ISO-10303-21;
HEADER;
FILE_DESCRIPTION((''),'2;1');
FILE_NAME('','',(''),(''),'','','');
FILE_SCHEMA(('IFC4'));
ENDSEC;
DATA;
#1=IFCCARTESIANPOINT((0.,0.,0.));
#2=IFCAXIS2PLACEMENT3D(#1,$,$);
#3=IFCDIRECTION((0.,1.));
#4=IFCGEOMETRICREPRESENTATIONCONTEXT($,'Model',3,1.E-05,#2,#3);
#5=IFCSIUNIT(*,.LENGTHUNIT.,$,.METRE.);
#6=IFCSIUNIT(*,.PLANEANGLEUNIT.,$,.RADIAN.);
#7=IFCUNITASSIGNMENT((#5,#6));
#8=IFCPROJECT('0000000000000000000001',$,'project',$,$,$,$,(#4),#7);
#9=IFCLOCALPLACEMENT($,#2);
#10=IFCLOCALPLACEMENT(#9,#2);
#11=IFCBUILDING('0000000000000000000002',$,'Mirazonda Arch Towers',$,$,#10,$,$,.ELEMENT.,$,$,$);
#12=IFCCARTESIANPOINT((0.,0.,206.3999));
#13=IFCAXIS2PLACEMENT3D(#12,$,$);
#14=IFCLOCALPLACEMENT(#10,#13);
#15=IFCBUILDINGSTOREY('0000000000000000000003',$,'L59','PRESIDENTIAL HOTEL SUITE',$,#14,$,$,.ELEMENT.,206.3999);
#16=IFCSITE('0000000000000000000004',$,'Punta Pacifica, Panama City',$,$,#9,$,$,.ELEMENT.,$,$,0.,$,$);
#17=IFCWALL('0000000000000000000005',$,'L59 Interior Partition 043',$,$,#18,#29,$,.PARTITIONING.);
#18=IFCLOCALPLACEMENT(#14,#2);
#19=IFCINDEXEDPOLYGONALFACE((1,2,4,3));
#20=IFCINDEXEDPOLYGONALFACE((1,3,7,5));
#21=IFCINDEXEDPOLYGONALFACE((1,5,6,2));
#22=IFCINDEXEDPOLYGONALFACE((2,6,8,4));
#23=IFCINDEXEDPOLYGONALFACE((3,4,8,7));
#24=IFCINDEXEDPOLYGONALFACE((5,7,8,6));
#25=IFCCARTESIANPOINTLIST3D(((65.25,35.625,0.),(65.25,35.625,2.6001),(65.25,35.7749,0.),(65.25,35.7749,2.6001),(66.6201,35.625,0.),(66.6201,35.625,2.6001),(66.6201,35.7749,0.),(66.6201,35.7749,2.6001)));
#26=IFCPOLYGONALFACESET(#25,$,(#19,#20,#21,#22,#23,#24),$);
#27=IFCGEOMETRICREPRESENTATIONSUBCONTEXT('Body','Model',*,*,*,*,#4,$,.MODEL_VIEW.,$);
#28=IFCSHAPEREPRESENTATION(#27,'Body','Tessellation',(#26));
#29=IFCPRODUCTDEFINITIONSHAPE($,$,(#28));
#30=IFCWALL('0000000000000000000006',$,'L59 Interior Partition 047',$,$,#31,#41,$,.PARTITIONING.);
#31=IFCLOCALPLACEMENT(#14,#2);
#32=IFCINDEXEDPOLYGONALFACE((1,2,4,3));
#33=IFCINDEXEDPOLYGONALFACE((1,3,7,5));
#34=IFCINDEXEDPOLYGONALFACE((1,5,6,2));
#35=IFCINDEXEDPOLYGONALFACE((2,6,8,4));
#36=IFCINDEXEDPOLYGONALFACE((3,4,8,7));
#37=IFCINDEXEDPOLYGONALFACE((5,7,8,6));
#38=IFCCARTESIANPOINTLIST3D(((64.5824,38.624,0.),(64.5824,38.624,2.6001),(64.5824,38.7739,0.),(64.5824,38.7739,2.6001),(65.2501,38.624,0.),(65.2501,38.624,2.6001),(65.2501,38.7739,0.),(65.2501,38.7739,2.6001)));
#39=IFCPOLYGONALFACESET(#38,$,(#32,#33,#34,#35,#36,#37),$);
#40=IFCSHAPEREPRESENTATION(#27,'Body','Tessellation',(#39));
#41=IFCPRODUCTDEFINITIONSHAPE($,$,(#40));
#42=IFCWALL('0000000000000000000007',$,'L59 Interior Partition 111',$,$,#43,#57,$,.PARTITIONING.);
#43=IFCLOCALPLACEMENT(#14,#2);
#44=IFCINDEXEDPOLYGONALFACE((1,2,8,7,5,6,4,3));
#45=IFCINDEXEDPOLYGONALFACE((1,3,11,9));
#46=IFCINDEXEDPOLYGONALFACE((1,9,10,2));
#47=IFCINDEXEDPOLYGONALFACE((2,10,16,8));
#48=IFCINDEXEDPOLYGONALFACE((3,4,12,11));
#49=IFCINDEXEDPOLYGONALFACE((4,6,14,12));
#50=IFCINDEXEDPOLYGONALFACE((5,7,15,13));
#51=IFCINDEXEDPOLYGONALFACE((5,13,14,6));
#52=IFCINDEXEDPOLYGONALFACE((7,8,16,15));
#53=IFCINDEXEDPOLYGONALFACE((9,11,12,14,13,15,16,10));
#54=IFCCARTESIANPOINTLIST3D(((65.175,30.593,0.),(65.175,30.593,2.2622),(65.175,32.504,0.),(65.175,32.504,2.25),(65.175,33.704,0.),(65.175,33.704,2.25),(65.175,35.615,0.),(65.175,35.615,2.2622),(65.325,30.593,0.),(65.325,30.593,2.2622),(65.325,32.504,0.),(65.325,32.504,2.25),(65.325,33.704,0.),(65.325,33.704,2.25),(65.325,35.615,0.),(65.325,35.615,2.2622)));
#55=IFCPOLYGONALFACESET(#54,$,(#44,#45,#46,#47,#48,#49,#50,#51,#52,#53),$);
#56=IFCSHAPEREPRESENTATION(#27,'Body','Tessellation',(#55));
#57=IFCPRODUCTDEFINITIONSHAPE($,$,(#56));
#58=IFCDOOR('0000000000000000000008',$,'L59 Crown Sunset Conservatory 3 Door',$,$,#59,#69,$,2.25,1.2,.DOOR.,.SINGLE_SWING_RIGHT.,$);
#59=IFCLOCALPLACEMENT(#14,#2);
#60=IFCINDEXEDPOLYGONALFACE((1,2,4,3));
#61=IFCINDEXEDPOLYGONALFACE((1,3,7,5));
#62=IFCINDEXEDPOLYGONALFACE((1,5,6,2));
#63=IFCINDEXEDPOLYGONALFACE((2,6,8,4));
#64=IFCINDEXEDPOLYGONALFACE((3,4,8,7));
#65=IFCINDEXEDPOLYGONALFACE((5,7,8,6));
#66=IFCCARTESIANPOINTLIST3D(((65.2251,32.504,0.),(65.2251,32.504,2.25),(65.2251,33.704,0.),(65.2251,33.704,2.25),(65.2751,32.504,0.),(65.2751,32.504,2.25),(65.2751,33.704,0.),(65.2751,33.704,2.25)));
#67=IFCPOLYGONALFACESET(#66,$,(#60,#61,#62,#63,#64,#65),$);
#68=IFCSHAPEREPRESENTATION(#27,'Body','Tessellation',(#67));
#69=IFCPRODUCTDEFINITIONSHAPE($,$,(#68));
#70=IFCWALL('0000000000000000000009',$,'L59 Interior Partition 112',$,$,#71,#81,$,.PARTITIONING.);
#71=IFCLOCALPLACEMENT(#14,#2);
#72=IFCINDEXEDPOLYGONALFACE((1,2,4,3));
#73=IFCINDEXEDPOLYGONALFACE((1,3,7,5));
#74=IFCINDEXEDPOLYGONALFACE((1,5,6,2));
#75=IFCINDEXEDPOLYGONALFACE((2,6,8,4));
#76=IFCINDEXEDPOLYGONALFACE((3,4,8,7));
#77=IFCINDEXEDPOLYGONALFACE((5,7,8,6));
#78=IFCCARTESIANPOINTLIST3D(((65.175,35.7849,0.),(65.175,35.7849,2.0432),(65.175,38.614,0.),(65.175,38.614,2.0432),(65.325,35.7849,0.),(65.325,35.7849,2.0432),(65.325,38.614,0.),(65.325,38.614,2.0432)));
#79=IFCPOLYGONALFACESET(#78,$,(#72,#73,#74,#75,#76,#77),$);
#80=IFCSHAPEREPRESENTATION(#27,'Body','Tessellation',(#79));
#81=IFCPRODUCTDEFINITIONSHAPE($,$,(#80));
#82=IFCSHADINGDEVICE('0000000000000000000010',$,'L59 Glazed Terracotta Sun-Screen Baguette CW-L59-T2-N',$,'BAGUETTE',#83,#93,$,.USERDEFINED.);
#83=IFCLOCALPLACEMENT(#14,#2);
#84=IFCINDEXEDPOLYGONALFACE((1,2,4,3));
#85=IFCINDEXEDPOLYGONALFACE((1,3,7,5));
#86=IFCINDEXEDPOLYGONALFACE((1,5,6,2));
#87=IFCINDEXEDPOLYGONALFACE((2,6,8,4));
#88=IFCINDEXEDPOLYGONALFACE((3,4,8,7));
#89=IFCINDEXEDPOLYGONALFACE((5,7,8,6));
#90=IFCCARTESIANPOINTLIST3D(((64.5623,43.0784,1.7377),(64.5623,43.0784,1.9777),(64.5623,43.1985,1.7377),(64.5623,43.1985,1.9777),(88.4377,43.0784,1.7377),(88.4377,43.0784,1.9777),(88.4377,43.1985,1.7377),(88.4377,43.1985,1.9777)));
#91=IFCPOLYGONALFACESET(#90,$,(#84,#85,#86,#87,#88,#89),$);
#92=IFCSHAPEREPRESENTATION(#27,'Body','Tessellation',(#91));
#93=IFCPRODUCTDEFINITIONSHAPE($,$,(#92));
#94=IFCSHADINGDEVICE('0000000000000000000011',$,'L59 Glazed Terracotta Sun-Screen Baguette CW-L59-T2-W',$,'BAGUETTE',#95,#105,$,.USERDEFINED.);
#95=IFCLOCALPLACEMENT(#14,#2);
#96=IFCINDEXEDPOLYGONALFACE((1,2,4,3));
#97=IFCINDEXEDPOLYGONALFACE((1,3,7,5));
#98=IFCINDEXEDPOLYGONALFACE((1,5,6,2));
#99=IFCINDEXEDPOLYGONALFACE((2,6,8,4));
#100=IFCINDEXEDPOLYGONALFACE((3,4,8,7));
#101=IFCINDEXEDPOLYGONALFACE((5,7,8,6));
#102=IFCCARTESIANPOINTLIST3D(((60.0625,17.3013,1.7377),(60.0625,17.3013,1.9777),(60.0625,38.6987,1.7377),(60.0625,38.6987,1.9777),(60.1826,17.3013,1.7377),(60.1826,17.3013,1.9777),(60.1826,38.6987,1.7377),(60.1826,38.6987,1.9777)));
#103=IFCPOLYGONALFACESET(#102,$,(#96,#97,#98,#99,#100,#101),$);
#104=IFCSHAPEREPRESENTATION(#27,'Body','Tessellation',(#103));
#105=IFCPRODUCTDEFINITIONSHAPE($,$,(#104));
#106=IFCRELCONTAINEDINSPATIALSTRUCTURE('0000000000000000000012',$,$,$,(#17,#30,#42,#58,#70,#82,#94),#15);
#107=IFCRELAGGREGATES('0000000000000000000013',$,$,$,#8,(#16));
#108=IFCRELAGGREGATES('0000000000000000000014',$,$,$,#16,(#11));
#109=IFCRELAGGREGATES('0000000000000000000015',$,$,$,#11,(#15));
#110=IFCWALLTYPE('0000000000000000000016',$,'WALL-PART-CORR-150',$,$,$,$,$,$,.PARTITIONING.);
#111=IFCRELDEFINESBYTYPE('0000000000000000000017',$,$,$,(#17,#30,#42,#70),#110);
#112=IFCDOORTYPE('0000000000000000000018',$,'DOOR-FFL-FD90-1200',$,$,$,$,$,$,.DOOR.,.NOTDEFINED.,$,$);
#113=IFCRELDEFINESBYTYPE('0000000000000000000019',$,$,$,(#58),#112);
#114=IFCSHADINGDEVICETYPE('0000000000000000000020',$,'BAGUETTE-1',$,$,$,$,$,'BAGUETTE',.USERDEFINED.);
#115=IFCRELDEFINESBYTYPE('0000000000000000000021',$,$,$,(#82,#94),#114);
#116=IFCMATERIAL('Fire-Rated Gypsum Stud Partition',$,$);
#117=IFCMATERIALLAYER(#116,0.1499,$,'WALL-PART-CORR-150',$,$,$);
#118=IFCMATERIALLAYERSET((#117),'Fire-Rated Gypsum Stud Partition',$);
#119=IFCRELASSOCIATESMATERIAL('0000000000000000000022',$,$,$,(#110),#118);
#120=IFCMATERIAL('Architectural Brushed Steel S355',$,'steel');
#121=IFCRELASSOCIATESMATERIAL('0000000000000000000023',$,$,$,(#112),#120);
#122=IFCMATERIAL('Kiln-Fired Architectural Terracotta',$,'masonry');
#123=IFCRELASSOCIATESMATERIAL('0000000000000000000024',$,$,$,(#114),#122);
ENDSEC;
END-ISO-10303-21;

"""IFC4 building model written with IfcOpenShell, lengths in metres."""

from ifc_helpers import new_model, si_unit, direction, frame, frame_2d, origin, origin_2d, place, context, subcontext, project, spatial, rectangle, extrude, material, layer, layer_set, material_profile, profile_set, type_object, element, fill, save


model = new_model("IFC4")

# Units and contexts
model_context = context("Model", 3, precision=1e-05, world=origin(), true_north=direction((0.0, 1.0)))
body_context = subcontext(model_context, "Body", "Model", "MODEL_VIEW")
ifc_project = project(units=[si_unit("LENGTHUNIT", "METRE"), si_unit("PLANEANGLEUNIT", "RADIAN")], contexts=[model_context])

# Site, building, storey
site_placement = place(None, origin())
site = spatial("IfcSite", under=ifc_project, at=site_placement, Name="Punta Pacifica, Panama City", CompositionType="ELEMENT", RefElevation=0.0)
building_placement = place(site_placement, origin())
building = spatial("IfcBuilding", under=site, at=building_placement, Name="Mirazonda Arch Towers", CompositionType="ELEMENT")
storey_placement = place(building_placement, frame((0.0, 0.0, 206.3999)))
storey = spatial("IfcBuildingStorey", under=building, at=storey_placement, Name="L59", Description="PRESIDENTIAL HOTEL SUITE", CompositionType="ELEMENT", Elevation=206.3999)

# Walls
ifc_material_1 = material(Name="Fire-Rated Gypsum Stud Partition")
ifc_layer_1 = layer(ifc_material_1, 0.1499, Name="WALL-PART-CORR-150")
ifc_layer_set_1 = layer_set([ifc_layer_1], Name="Fire-Rated Gypsum Stud Partition")
wall_type_1 = type_object("IfcWallType", Name="WALL-PART-CORR-150", PredefinedType="PARTITIONING", material=ifc_layer_set_1)
wall_1_placement = place(storey_placement, frame((65.25, 35.7, 0.0), z_axis=(0.0, 0.0, 1.0), x_axis=(1.0, 0.0, 0.0)))
element("IfcWall", 1, at=wall_1_placement, inside=storey, type_object=wall_type_1, Name="L59 Interior Partition 043", PredefinedType="PARTITIONING", context=body_context, shape_type="SweptSolid", body=[
    extrude(rectangle(XDim=1.3701, YDim=0.1499, at=frame_2d((0.6851, 0.0))), origin(), (0.0, 0.0, 1.0), 2.6001),
])
wall_2_placement = place(storey_placement, frame((64.5823, 38.699, 0.0), z_axis=(0.0, 0.0, 1.0), x_axis=(1.0, 0.0, 0.0)))
element("IfcWall", 2, at=wall_2_placement, inside=storey, type_object=wall_type_1, Name="L59 Interior Partition 047", PredefinedType="PARTITIONING", context=body_context, shape_type="SweptSolid", body=[
    extrude(rectangle(XDim=0.6677, YDim=0.1499, at=frame_2d((0.334, 0.0))), origin(), (0.0, 0.0, 1.0), 2.6001),
])

# Wall, opening, door
wall_3_placement = place(storey_placement, frame((65.25, 30.593, 0.0), z_axis=(0.0, 0.0, 1.0), x_axis=(0.0, 1.0, 0.0)))
wall_3 = element("IfcWall", 3, at=wall_3_placement, inside=storey, type_object=wall_type_1, Name="L59 Interior Partition 111", PredefinedType="PARTITIONING", context=body_context, shape_type="SweptSolid", body=[
    extrude(rectangle(XDim=5.022, YDim=0.1499, at=frame_2d((2.511, 0.0))), origin(), (0.0, 0.0, 1.0), 2.2622),
])
opening_1_placement = place(wall_3_placement, frame((1.9109, 0.0, 0.0)))
opening_1 = element("IfcOpeningElement", 4, at=opening_1_placement, cuts=wall_3, PredefinedType="OPENING", context=body_context, shape_type="SweptSolid", body=[
    extrude(rectangle(XDim=1.2, YDim=2.25, at=frame_2d((0.6001, 1.125))), frame((0.0, 0.085, 0.0), z_axis=(0.0, -1.0, 0.0), x_axis=(1.0, 0.0, 0.0)), (0.0, 0.0, 1.0), 0.1699),
])
ifc_material_2 = material(Name="Architectural Brushed Steel S355", Category="steel")
door_type = type_object("IfcDoorType", Name="DOOR-FFL-FD90-1200", OperationType="NOTDEFINED", PredefinedType="DOOR", material=ifc_material_2)
door_placement = place(opening_1_placement, origin())
door = element("IfcDoor", 5, at=door_placement, inside=storey, type_object=door_type, Name="L59 Crown Sunset Conservatory 3 Door", OperationType="SINGLE_SWING_RIGHT", OverallHeight=2.25, OverallWidth=1.2, PredefinedType="DOOR", context=body_context, shape_type="SweptSolid", body=[
    extrude(rectangle(XDim=1.2, YDim=2.25, at=frame_2d((0.6001, 1.125))), frame((0.0, 0.0249, 0.0), z_axis=(0.0, -1.0, 0.0), x_axis=(1.0, 0.0, 0.0)), (0.0, 0.0, 1.0), 0.05),
])
fill(opening_1, door)

# Wall
wall_4_placement = place(storey_placement, frame((65.25, 35.7849, 0.0), z_axis=(0.0, 0.0, 1.0), x_axis=(0.0, 1.0, 0.0)))
element("IfcWall", 6, at=wall_4_placement, inside=storey, type_object=wall_type_1, Name="L59 Interior Partition 112", PredefinedType="PARTITIONING", context=body_context, shape_type="SweptSolid", body=[
    extrude(rectangle(XDim=2.8291, YDim=0.1499, at=frame_2d((1.4146, 0.0))), origin(), (0.0, 0.0, 1.0), 2.0432),
])

# Shading devices
ifc_material_3 = material(Name="Kiln-Fired Architectural Terracotta", Category="masonry")
ifc_material_profile_1 = material_profile(ifc_material_3, rectangle(XDim=0.1201, YDim=0.24, at=origin_2d()), Name="TERRA-BAG-120x240")
ifc_profile_set_1 = profile_set([ifc_material_profile_1], Name="Kiln-Fired Architectural Terracotta")
shading_device_type = type_object("IfcShadingDeviceType", Name="BAGUETTE-1", ElementType="BAGUETTE", PredefinedType="USERDEFINED", material=ifc_profile_set_1)
shading_device_1_placement = place(storey_placement, frame((64.5623, 43.1384, 1.8577), z_axis=(1.0, 0.0, 0.0), x_axis=(0.0, 1.0, 0.0)))
element("IfcShadingDevice", 7, at=shading_device_1_placement, inside=storey, type_object=shading_device_type, Name="L59 Glazed Terracotta Sun-Screen Baguette CW-L59-T2-N", ObjectType="BAGUETTE", PredefinedType="USERDEFINED", context=body_context, shape_type="SweptSolid", body=[
    extrude(rectangle(XDim=0.1201, YDim=0.24, at=origin_2d()), origin(), (0.0, 0.0, 1.0), 23.8755),
])
shading_device_2_placement = place(storey_placement, frame((60.1226, 38.6987, 1.8577), z_axis=(0.0, -1.0, 0.0), x_axis=(1.0, 0.0, 0.0)))
element("IfcShadingDevice", 8, at=shading_device_2_placement, inside=storey, type_object=shading_device_type, Name="L59 Glazed Terracotta Sun-Screen Baguette CW-L59-T2-W", ObjectType="BAGUETTE", PredefinedType="USERDEFINED", context=body_context, shape_type="SweptSolid", body=[
    extrude(rectangle(XDim=0.1201, YDim=0.24, at=origin_2d()), origin(), (0.0, 0.0, 1.0), 21.3975),
])

save(model, "model.ifc")
